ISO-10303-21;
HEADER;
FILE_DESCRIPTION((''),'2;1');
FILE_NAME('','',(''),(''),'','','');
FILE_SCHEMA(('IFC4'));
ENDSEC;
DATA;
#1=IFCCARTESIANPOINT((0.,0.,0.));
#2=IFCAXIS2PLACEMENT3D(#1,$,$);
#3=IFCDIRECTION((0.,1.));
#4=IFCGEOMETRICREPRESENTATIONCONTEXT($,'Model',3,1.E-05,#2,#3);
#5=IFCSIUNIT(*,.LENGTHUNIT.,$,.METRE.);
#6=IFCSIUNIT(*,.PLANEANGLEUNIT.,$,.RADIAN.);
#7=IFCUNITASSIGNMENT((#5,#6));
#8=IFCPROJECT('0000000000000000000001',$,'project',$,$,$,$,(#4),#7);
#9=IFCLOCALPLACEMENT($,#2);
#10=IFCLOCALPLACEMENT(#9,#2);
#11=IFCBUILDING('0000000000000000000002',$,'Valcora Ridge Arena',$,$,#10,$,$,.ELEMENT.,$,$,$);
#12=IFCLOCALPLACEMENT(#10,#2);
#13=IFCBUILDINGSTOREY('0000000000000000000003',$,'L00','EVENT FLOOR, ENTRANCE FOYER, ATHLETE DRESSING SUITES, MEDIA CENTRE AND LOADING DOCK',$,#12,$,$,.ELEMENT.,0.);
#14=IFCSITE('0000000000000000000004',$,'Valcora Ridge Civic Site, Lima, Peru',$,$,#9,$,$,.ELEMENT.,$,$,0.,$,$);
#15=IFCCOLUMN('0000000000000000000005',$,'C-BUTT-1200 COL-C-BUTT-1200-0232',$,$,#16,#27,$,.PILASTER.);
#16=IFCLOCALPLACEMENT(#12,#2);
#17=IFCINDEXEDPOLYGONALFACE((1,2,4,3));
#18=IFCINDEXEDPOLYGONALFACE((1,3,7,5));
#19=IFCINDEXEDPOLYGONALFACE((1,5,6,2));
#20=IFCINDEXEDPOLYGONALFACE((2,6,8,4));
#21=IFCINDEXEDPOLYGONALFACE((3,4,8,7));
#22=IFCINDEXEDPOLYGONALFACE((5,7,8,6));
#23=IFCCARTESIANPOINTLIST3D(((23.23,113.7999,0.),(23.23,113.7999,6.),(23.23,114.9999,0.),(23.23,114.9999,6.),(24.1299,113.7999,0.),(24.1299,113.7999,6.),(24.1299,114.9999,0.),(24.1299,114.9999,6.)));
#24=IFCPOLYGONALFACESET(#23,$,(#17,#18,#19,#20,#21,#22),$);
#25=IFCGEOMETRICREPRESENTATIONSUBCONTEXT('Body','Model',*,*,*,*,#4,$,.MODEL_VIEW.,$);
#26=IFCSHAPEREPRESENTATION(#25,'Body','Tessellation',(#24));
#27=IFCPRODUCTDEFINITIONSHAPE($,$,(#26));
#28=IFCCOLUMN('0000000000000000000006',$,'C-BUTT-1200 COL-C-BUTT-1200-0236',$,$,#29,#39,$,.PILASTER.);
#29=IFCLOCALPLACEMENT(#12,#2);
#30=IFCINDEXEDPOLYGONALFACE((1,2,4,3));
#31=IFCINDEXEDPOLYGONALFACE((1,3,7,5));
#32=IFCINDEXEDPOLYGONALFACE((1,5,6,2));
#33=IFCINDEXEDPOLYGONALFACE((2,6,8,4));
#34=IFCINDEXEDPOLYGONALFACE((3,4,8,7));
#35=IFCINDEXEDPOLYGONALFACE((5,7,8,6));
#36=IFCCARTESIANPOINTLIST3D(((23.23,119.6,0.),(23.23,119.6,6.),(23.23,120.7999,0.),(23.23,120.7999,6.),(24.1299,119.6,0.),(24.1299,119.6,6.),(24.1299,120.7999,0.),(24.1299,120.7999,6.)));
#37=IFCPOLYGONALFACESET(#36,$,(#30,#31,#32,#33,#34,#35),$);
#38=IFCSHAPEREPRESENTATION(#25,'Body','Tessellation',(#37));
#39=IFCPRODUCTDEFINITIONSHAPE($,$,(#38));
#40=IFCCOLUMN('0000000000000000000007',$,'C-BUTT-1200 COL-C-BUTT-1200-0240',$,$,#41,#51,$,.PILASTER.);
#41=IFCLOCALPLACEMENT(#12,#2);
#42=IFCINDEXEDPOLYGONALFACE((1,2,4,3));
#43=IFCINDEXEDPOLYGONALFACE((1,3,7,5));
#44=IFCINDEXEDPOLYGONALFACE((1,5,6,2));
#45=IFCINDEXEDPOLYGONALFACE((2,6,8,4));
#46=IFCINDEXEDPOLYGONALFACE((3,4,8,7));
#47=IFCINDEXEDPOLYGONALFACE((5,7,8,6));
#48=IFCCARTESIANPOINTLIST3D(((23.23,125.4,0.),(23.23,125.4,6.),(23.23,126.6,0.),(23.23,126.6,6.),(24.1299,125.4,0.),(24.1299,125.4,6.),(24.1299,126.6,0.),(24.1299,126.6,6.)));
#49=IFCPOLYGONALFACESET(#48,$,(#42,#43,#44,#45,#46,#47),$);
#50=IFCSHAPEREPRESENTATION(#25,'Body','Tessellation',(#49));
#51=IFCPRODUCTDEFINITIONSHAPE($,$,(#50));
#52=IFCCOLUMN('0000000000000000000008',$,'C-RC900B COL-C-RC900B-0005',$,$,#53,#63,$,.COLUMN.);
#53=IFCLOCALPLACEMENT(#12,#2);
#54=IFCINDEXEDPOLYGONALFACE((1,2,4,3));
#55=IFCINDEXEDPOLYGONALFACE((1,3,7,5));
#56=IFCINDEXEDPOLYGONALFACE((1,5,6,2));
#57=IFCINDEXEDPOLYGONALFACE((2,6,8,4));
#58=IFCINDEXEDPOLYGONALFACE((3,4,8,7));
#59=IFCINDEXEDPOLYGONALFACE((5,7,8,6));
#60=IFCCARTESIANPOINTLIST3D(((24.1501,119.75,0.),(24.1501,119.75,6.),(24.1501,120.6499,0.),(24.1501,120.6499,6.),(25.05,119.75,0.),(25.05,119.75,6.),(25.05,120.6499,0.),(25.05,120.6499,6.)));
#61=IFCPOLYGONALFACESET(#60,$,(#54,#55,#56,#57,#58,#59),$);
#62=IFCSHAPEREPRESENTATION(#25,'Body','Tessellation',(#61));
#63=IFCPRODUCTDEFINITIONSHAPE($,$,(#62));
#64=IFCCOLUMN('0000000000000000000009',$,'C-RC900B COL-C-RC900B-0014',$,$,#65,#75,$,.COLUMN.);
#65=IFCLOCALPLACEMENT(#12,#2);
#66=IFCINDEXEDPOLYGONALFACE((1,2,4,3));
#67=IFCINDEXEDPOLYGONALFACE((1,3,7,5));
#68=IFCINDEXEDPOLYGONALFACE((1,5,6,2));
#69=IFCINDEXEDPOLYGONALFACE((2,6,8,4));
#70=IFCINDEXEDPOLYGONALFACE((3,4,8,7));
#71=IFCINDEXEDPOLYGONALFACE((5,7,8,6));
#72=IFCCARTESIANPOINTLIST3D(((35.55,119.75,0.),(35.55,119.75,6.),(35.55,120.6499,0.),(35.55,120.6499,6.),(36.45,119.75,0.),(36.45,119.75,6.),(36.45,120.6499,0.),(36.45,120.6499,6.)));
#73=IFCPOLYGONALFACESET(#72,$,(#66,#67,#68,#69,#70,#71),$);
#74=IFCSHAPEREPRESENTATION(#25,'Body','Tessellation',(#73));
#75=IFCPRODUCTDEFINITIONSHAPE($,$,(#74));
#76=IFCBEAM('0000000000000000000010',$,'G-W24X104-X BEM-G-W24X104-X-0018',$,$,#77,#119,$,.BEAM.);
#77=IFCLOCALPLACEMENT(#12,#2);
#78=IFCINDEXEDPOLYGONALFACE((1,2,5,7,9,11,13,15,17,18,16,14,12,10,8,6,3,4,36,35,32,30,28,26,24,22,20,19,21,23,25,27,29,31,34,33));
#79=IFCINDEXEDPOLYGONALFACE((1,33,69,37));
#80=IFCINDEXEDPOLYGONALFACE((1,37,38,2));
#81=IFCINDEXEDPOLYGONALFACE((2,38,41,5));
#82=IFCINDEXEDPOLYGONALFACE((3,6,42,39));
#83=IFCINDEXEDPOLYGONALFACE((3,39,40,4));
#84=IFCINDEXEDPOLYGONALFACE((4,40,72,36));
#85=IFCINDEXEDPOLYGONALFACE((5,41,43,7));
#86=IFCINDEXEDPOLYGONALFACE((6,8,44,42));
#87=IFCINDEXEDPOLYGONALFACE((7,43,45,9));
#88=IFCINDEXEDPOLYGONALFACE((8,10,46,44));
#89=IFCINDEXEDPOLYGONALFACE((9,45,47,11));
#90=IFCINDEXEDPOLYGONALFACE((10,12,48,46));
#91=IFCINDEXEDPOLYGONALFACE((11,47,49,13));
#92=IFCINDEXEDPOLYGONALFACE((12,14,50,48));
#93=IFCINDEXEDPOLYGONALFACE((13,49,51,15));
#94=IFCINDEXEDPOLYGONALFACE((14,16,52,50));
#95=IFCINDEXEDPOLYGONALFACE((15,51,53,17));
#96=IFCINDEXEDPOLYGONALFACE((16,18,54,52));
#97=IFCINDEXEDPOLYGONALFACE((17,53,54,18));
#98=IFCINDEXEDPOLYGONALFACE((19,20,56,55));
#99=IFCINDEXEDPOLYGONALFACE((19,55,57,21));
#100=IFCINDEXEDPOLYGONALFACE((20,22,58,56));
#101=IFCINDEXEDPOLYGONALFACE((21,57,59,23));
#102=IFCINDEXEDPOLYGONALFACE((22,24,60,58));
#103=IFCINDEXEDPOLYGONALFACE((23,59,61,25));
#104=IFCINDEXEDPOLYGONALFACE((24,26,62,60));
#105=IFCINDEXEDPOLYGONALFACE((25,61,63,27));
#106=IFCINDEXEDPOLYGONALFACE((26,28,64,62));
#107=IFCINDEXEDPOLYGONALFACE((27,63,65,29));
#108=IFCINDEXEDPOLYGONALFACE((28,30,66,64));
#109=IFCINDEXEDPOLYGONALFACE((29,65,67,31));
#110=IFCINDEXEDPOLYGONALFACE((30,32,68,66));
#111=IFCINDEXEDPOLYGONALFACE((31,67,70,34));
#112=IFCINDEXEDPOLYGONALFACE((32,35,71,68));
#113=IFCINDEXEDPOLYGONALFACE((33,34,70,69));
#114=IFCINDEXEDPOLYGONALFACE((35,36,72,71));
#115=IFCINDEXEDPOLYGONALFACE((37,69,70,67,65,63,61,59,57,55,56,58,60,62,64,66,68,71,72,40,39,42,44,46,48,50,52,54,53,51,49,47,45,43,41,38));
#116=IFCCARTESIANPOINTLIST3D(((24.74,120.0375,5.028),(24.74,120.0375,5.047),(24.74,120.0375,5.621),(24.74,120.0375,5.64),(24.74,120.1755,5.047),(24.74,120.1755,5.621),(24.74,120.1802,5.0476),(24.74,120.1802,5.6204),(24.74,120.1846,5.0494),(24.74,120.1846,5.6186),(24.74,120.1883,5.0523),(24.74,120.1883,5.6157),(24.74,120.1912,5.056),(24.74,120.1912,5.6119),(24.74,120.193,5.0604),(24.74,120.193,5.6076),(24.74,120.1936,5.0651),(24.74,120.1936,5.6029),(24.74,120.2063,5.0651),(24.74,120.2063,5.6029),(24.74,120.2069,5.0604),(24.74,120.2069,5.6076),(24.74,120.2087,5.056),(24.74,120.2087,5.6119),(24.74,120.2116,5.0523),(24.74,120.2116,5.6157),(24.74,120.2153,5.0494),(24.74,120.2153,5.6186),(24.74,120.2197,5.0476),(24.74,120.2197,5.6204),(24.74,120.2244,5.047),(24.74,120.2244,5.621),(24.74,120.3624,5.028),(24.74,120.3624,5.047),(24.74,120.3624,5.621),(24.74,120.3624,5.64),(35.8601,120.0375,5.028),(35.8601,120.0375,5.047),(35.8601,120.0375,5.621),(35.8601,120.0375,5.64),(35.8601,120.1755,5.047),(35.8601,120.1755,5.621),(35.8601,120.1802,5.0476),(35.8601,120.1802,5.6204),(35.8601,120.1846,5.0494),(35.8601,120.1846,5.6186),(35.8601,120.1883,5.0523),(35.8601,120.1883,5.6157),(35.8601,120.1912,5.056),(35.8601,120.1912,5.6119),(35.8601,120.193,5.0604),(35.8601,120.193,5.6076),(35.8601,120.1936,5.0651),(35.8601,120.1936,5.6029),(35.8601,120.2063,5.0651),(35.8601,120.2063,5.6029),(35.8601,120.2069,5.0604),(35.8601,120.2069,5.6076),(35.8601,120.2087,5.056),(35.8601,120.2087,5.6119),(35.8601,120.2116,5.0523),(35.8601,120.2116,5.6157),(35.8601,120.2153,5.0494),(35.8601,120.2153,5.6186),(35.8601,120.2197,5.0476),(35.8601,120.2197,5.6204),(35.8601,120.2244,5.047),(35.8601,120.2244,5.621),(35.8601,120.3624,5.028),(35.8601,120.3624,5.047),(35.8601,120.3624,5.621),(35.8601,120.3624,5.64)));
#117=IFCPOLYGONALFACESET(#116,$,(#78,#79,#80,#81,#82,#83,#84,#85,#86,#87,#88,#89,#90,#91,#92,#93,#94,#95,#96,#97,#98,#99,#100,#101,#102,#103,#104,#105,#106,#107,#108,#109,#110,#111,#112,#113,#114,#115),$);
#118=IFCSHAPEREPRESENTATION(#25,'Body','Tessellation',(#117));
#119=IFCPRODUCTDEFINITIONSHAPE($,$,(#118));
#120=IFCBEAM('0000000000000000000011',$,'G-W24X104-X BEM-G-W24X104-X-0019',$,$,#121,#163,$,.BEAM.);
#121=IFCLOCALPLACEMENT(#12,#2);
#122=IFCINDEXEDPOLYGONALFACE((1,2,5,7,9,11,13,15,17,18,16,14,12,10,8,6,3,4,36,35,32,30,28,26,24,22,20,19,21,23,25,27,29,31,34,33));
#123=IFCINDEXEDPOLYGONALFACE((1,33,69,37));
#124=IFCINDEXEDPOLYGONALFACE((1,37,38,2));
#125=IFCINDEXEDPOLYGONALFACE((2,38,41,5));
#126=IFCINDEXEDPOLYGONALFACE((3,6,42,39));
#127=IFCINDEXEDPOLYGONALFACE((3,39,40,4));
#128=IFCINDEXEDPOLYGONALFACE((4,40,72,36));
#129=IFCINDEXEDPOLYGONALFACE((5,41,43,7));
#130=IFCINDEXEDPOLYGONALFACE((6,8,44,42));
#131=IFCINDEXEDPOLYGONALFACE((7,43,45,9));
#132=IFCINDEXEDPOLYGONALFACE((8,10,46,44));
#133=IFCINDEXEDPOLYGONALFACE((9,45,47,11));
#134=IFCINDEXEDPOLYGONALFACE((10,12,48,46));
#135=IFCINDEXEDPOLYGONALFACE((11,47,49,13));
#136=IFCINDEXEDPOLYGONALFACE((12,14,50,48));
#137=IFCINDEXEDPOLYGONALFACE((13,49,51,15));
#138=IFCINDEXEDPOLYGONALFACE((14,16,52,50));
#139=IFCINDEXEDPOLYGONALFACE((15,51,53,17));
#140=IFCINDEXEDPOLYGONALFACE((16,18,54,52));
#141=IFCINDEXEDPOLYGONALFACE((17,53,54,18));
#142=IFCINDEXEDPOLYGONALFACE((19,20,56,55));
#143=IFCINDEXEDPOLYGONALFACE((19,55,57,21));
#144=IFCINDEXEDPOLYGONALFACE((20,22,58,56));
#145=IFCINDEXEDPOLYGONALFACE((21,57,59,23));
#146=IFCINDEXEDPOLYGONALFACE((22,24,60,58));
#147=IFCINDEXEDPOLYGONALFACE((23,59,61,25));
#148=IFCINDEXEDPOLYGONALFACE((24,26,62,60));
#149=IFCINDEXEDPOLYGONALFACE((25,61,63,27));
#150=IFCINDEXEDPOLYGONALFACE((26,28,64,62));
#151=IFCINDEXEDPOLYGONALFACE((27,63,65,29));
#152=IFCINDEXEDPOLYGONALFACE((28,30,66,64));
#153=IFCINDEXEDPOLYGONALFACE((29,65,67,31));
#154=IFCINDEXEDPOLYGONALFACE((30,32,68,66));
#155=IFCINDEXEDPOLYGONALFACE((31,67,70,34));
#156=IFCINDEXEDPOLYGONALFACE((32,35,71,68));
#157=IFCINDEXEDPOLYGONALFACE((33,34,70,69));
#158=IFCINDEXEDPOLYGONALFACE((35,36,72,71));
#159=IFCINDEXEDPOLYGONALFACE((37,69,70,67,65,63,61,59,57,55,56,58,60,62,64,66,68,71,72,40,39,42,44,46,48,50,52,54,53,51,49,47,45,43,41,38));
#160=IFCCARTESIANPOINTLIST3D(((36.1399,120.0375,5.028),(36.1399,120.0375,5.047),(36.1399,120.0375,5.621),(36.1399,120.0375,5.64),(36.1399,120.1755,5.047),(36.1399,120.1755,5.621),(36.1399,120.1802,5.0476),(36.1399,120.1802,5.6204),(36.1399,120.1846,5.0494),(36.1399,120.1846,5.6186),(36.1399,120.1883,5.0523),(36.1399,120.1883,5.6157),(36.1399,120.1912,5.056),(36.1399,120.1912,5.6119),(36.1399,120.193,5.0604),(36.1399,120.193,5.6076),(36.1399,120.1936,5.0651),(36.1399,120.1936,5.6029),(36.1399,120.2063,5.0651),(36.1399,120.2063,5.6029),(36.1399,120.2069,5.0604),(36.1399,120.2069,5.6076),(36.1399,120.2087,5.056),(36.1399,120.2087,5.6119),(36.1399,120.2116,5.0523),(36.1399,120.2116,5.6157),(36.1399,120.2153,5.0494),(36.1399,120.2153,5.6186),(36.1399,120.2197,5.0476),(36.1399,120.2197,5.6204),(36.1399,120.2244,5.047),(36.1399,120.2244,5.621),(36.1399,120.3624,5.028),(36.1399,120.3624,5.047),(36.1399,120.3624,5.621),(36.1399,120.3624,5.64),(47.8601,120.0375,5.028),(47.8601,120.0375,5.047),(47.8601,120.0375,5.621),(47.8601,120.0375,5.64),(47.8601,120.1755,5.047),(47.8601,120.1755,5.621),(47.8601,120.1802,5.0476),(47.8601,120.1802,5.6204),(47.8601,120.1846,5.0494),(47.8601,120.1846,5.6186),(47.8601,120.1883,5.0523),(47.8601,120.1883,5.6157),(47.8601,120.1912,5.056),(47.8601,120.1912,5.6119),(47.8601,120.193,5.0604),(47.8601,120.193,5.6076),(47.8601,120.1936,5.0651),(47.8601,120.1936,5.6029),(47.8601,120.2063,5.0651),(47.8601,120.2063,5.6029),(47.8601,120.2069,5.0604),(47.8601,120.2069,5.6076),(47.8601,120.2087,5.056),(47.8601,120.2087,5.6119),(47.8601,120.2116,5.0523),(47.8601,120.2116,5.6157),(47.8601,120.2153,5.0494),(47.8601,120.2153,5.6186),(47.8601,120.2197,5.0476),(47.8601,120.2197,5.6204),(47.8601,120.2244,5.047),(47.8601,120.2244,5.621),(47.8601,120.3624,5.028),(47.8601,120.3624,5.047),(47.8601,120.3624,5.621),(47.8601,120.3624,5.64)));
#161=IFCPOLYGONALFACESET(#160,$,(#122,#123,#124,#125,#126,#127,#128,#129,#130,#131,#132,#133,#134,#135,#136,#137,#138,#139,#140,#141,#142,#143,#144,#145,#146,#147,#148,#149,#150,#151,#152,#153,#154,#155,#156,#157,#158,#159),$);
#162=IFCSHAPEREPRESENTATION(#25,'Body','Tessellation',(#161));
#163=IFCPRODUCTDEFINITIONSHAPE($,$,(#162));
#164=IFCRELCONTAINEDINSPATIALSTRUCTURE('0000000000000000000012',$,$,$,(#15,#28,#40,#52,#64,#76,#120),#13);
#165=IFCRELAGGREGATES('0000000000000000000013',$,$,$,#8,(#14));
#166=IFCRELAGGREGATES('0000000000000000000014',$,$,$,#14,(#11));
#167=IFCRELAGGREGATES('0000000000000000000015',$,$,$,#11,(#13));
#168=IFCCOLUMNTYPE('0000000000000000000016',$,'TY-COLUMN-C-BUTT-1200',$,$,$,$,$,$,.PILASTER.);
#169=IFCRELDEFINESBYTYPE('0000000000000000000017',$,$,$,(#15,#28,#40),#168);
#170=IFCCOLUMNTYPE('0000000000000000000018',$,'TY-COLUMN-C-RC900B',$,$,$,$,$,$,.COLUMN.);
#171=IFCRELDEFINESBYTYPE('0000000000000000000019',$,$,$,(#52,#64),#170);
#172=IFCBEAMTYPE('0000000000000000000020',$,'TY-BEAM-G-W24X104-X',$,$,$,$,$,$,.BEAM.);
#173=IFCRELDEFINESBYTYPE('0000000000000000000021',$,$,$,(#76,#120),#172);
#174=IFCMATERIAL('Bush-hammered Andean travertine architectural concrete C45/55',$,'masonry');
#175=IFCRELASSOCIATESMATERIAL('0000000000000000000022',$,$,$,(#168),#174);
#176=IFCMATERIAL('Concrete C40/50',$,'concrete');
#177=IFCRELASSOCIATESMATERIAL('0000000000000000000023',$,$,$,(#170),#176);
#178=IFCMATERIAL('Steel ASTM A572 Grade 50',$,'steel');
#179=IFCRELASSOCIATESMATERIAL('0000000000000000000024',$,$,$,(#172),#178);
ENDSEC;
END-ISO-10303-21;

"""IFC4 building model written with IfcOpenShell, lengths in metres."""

from ifc_helpers import new_model, si_unit, direction, frame, origin, origin_2d, place, context, subcontext, project, spatial, rectangle, i_section, extrude, material, material_profile, profile_set, type_object, element, save


model = new_model("IFC4")

# Units and contexts
model_context = context("Model", 3, precision=1e-05, world=origin(), true_north=direction((0.0, 1.0)))
body_context = subcontext(model_context, "Body", "Model", "MODEL_VIEW")
ifc_project = project(units=[si_unit("LENGTHUNIT", "METRE"), si_unit("PLANEANGLEUNIT", "RADIAN")], contexts=[model_context])

# Site, building, storey
site_placement = place(None, origin())
site = spatial("IfcSite", under=ifc_project, at=site_placement, Name="Valcora Ridge Civic Site, Lima, Peru", CompositionType="ELEMENT", RefElevation=0.0)
building_placement = place(site_placement, origin())
building = spatial("IfcBuilding", under=site, at=building_placement, Name="Valcora Ridge Arena", CompositionType="ELEMENT")
storey_placement = place(building_placement, origin())
storey = spatial("IfcBuildingStorey", under=building, at=storey_placement, Name="L00", Description="EVENT FLOOR, ENTRANCE FOYER, ATHLETE DRESSING SUITES, MEDIA CENTRE AND LOADING DOCK", CompositionType="ELEMENT", Elevation=0.0)

# Columns
ifc_material_1 = material(Name="Bush-hammered Andean travertine architectural concrete C45/55", Category="masonry")
ifc_material_profile_1 = material_profile(ifc_material_1, rectangle(XDim=0.8999, YDim=1.2, at=origin_2d()), Name="RC 900x1200")
ifc_profile_set_1 = profile_set([ifc_material_profile_1], Name="Bush-hammered Andean travertine architectural concrete C45/55")
column_type_1 = type_object("IfcColumnType", Name="TY-COLUMN-C-BUTT-1200", PredefinedType="PILASTER", material=ifc_profile_set_1)
for number, where, z_axis, x_axis, name in (
    (1, (23.6799, 114.3999, 0.0), (0.0, 0.0, 1.0), (1.0, 0.0, 0.0), "C-BUTT-1200 COL-C-BUTT-1200-0232"),
    (2, (23.6799, 120.2, 0.0), (0.0, 0.0, 1.0), (1.0, 0.0, 0.0), "C-BUTT-1200 COL-C-BUTT-1200-0236"),
    (3, (23.6799, 126.0, 0.0), (0.0, 0.0, 1.0), (1.0, 0.0, 0.0), "C-BUTT-1200 COL-C-BUTT-1200-0240"),
):
    element("IfcColumn", number, at=place(storey_placement, frame(where, z_axis=z_axis, x_axis=x_axis)), inside=storey, type_object=column_type_1, Name=name, PredefinedType="PILASTER", context=body_context, shape_type="SweptSolid", body=[
        extrude(rectangle(XDim=0.8999, YDim=1.2, at=origin_2d()), origin(), (0.0, 0.0, 1.0), 6.0),
    ])
ifc_material_2 = material(Name="Concrete C40/50", Category="concrete")
ifc_material_profile_2 = material_profile(ifc_material_2, rectangle(XDim=0.8999, YDim=0.8999, at=origin_2d()), Name="RC 900x900")
ifc_profile_set_2 = profile_set([ifc_material_profile_2], Name="Concrete C40/50")
column_type_2 = type_object("IfcColumnType", Name="TY-COLUMN-C-RC900B", PredefinedType="COLUMN", material=ifc_profile_set_2)
for number, where, z_axis, x_axis, name in (
    (4, (24.6001, 120.2, 0.0), (0.0, 0.0, 1.0), (1.0, 0.0, 0.0), "C-RC900B COL-C-RC900B-0005"),
    (5, (36.0, 120.2, 0.0), (0.0, 0.0, 1.0), (1.0, 0.0, 0.0), "C-RC900B COL-C-RC900B-0014"),
):
    element("IfcColumn", number, at=place(storey_placement, frame(where, z_axis=z_axis, x_axis=x_axis)), inside=storey, type_object=column_type_2, Name=name, PredefinedType="COLUMN", context=body_context, shape_type="SweptSolid", body=[
        extrude(rectangle(XDim=0.8999, YDim=0.8999, at=origin_2d()), origin(), (0.0, 0.0, 1.0), 6.0),
    ])

# Beams
ifc_material_3 = material(Name="Steel ASTM A572 Grade 50", Category="steel")
ifc_material_profile_3 = material_profile(ifc_material_3, i_section(OverallWidth=0.325, OverallDepth=0.6121, WebThickness=0.0127, FlangeThickness=0.019, FilletRadius=0.0181, at=origin_2d()), Name="W24X104")
ifc_profile_set_3 = profile_set([ifc_material_profile_3], Name="Steel ASTM A572 Grade 50")
beam_type_1 = type_object("IfcBeamType", Name="TY-BEAM-G-W24X104-X", PredefinedType="BEAM", material=ifc_profile_set_3)
beam_1_placement = place(storey_placement, frame((24.74, 120.2, 5.334), z_axis=(1.0, 0.0, 0.0), x_axis=(0.0, 1.0, 0.0)))
element("IfcBeam", 6, at=beam_1_placement, inside=storey, type_object=beam_type_1, Name="G-W24X104-X BEM-G-W24X104-X-0018", PredefinedType="BEAM", context=body_context, shape_type="SweptSolid", body=[
    extrude(i_section(OverallWidth=0.325, OverallDepth=0.6121, WebThickness=0.0127, FlangeThickness=0.019, FilletRadius=0.0181, at=origin_2d()), origin(), (0.0, 0.0, 1.0), 11.1201),
])
beam_2_placement = place(storey_placement, frame((36.1399, 120.2, 5.334), z_axis=(1.0, 0.0, 0.0), x_axis=(0.0, 1.0, 0.0)))
element("IfcBeam", 7, at=beam_2_placement, inside=storey, type_object=beam_type_1, Name="G-W24X104-X BEM-G-W24X104-X-0019", PredefinedType="BEAM", context=body_context, shape_type="SweptSolid", body=[
    extrude(i_section(OverallWidth=0.325, OverallDepth=0.6121, WebThickness=0.0127, FlangeThickness=0.019, FilletRadius=0.0181, at=origin_2d()), origin(), (0.0, 0.0, 1.0), 11.7202),
])

save(model, "model.ifc")
